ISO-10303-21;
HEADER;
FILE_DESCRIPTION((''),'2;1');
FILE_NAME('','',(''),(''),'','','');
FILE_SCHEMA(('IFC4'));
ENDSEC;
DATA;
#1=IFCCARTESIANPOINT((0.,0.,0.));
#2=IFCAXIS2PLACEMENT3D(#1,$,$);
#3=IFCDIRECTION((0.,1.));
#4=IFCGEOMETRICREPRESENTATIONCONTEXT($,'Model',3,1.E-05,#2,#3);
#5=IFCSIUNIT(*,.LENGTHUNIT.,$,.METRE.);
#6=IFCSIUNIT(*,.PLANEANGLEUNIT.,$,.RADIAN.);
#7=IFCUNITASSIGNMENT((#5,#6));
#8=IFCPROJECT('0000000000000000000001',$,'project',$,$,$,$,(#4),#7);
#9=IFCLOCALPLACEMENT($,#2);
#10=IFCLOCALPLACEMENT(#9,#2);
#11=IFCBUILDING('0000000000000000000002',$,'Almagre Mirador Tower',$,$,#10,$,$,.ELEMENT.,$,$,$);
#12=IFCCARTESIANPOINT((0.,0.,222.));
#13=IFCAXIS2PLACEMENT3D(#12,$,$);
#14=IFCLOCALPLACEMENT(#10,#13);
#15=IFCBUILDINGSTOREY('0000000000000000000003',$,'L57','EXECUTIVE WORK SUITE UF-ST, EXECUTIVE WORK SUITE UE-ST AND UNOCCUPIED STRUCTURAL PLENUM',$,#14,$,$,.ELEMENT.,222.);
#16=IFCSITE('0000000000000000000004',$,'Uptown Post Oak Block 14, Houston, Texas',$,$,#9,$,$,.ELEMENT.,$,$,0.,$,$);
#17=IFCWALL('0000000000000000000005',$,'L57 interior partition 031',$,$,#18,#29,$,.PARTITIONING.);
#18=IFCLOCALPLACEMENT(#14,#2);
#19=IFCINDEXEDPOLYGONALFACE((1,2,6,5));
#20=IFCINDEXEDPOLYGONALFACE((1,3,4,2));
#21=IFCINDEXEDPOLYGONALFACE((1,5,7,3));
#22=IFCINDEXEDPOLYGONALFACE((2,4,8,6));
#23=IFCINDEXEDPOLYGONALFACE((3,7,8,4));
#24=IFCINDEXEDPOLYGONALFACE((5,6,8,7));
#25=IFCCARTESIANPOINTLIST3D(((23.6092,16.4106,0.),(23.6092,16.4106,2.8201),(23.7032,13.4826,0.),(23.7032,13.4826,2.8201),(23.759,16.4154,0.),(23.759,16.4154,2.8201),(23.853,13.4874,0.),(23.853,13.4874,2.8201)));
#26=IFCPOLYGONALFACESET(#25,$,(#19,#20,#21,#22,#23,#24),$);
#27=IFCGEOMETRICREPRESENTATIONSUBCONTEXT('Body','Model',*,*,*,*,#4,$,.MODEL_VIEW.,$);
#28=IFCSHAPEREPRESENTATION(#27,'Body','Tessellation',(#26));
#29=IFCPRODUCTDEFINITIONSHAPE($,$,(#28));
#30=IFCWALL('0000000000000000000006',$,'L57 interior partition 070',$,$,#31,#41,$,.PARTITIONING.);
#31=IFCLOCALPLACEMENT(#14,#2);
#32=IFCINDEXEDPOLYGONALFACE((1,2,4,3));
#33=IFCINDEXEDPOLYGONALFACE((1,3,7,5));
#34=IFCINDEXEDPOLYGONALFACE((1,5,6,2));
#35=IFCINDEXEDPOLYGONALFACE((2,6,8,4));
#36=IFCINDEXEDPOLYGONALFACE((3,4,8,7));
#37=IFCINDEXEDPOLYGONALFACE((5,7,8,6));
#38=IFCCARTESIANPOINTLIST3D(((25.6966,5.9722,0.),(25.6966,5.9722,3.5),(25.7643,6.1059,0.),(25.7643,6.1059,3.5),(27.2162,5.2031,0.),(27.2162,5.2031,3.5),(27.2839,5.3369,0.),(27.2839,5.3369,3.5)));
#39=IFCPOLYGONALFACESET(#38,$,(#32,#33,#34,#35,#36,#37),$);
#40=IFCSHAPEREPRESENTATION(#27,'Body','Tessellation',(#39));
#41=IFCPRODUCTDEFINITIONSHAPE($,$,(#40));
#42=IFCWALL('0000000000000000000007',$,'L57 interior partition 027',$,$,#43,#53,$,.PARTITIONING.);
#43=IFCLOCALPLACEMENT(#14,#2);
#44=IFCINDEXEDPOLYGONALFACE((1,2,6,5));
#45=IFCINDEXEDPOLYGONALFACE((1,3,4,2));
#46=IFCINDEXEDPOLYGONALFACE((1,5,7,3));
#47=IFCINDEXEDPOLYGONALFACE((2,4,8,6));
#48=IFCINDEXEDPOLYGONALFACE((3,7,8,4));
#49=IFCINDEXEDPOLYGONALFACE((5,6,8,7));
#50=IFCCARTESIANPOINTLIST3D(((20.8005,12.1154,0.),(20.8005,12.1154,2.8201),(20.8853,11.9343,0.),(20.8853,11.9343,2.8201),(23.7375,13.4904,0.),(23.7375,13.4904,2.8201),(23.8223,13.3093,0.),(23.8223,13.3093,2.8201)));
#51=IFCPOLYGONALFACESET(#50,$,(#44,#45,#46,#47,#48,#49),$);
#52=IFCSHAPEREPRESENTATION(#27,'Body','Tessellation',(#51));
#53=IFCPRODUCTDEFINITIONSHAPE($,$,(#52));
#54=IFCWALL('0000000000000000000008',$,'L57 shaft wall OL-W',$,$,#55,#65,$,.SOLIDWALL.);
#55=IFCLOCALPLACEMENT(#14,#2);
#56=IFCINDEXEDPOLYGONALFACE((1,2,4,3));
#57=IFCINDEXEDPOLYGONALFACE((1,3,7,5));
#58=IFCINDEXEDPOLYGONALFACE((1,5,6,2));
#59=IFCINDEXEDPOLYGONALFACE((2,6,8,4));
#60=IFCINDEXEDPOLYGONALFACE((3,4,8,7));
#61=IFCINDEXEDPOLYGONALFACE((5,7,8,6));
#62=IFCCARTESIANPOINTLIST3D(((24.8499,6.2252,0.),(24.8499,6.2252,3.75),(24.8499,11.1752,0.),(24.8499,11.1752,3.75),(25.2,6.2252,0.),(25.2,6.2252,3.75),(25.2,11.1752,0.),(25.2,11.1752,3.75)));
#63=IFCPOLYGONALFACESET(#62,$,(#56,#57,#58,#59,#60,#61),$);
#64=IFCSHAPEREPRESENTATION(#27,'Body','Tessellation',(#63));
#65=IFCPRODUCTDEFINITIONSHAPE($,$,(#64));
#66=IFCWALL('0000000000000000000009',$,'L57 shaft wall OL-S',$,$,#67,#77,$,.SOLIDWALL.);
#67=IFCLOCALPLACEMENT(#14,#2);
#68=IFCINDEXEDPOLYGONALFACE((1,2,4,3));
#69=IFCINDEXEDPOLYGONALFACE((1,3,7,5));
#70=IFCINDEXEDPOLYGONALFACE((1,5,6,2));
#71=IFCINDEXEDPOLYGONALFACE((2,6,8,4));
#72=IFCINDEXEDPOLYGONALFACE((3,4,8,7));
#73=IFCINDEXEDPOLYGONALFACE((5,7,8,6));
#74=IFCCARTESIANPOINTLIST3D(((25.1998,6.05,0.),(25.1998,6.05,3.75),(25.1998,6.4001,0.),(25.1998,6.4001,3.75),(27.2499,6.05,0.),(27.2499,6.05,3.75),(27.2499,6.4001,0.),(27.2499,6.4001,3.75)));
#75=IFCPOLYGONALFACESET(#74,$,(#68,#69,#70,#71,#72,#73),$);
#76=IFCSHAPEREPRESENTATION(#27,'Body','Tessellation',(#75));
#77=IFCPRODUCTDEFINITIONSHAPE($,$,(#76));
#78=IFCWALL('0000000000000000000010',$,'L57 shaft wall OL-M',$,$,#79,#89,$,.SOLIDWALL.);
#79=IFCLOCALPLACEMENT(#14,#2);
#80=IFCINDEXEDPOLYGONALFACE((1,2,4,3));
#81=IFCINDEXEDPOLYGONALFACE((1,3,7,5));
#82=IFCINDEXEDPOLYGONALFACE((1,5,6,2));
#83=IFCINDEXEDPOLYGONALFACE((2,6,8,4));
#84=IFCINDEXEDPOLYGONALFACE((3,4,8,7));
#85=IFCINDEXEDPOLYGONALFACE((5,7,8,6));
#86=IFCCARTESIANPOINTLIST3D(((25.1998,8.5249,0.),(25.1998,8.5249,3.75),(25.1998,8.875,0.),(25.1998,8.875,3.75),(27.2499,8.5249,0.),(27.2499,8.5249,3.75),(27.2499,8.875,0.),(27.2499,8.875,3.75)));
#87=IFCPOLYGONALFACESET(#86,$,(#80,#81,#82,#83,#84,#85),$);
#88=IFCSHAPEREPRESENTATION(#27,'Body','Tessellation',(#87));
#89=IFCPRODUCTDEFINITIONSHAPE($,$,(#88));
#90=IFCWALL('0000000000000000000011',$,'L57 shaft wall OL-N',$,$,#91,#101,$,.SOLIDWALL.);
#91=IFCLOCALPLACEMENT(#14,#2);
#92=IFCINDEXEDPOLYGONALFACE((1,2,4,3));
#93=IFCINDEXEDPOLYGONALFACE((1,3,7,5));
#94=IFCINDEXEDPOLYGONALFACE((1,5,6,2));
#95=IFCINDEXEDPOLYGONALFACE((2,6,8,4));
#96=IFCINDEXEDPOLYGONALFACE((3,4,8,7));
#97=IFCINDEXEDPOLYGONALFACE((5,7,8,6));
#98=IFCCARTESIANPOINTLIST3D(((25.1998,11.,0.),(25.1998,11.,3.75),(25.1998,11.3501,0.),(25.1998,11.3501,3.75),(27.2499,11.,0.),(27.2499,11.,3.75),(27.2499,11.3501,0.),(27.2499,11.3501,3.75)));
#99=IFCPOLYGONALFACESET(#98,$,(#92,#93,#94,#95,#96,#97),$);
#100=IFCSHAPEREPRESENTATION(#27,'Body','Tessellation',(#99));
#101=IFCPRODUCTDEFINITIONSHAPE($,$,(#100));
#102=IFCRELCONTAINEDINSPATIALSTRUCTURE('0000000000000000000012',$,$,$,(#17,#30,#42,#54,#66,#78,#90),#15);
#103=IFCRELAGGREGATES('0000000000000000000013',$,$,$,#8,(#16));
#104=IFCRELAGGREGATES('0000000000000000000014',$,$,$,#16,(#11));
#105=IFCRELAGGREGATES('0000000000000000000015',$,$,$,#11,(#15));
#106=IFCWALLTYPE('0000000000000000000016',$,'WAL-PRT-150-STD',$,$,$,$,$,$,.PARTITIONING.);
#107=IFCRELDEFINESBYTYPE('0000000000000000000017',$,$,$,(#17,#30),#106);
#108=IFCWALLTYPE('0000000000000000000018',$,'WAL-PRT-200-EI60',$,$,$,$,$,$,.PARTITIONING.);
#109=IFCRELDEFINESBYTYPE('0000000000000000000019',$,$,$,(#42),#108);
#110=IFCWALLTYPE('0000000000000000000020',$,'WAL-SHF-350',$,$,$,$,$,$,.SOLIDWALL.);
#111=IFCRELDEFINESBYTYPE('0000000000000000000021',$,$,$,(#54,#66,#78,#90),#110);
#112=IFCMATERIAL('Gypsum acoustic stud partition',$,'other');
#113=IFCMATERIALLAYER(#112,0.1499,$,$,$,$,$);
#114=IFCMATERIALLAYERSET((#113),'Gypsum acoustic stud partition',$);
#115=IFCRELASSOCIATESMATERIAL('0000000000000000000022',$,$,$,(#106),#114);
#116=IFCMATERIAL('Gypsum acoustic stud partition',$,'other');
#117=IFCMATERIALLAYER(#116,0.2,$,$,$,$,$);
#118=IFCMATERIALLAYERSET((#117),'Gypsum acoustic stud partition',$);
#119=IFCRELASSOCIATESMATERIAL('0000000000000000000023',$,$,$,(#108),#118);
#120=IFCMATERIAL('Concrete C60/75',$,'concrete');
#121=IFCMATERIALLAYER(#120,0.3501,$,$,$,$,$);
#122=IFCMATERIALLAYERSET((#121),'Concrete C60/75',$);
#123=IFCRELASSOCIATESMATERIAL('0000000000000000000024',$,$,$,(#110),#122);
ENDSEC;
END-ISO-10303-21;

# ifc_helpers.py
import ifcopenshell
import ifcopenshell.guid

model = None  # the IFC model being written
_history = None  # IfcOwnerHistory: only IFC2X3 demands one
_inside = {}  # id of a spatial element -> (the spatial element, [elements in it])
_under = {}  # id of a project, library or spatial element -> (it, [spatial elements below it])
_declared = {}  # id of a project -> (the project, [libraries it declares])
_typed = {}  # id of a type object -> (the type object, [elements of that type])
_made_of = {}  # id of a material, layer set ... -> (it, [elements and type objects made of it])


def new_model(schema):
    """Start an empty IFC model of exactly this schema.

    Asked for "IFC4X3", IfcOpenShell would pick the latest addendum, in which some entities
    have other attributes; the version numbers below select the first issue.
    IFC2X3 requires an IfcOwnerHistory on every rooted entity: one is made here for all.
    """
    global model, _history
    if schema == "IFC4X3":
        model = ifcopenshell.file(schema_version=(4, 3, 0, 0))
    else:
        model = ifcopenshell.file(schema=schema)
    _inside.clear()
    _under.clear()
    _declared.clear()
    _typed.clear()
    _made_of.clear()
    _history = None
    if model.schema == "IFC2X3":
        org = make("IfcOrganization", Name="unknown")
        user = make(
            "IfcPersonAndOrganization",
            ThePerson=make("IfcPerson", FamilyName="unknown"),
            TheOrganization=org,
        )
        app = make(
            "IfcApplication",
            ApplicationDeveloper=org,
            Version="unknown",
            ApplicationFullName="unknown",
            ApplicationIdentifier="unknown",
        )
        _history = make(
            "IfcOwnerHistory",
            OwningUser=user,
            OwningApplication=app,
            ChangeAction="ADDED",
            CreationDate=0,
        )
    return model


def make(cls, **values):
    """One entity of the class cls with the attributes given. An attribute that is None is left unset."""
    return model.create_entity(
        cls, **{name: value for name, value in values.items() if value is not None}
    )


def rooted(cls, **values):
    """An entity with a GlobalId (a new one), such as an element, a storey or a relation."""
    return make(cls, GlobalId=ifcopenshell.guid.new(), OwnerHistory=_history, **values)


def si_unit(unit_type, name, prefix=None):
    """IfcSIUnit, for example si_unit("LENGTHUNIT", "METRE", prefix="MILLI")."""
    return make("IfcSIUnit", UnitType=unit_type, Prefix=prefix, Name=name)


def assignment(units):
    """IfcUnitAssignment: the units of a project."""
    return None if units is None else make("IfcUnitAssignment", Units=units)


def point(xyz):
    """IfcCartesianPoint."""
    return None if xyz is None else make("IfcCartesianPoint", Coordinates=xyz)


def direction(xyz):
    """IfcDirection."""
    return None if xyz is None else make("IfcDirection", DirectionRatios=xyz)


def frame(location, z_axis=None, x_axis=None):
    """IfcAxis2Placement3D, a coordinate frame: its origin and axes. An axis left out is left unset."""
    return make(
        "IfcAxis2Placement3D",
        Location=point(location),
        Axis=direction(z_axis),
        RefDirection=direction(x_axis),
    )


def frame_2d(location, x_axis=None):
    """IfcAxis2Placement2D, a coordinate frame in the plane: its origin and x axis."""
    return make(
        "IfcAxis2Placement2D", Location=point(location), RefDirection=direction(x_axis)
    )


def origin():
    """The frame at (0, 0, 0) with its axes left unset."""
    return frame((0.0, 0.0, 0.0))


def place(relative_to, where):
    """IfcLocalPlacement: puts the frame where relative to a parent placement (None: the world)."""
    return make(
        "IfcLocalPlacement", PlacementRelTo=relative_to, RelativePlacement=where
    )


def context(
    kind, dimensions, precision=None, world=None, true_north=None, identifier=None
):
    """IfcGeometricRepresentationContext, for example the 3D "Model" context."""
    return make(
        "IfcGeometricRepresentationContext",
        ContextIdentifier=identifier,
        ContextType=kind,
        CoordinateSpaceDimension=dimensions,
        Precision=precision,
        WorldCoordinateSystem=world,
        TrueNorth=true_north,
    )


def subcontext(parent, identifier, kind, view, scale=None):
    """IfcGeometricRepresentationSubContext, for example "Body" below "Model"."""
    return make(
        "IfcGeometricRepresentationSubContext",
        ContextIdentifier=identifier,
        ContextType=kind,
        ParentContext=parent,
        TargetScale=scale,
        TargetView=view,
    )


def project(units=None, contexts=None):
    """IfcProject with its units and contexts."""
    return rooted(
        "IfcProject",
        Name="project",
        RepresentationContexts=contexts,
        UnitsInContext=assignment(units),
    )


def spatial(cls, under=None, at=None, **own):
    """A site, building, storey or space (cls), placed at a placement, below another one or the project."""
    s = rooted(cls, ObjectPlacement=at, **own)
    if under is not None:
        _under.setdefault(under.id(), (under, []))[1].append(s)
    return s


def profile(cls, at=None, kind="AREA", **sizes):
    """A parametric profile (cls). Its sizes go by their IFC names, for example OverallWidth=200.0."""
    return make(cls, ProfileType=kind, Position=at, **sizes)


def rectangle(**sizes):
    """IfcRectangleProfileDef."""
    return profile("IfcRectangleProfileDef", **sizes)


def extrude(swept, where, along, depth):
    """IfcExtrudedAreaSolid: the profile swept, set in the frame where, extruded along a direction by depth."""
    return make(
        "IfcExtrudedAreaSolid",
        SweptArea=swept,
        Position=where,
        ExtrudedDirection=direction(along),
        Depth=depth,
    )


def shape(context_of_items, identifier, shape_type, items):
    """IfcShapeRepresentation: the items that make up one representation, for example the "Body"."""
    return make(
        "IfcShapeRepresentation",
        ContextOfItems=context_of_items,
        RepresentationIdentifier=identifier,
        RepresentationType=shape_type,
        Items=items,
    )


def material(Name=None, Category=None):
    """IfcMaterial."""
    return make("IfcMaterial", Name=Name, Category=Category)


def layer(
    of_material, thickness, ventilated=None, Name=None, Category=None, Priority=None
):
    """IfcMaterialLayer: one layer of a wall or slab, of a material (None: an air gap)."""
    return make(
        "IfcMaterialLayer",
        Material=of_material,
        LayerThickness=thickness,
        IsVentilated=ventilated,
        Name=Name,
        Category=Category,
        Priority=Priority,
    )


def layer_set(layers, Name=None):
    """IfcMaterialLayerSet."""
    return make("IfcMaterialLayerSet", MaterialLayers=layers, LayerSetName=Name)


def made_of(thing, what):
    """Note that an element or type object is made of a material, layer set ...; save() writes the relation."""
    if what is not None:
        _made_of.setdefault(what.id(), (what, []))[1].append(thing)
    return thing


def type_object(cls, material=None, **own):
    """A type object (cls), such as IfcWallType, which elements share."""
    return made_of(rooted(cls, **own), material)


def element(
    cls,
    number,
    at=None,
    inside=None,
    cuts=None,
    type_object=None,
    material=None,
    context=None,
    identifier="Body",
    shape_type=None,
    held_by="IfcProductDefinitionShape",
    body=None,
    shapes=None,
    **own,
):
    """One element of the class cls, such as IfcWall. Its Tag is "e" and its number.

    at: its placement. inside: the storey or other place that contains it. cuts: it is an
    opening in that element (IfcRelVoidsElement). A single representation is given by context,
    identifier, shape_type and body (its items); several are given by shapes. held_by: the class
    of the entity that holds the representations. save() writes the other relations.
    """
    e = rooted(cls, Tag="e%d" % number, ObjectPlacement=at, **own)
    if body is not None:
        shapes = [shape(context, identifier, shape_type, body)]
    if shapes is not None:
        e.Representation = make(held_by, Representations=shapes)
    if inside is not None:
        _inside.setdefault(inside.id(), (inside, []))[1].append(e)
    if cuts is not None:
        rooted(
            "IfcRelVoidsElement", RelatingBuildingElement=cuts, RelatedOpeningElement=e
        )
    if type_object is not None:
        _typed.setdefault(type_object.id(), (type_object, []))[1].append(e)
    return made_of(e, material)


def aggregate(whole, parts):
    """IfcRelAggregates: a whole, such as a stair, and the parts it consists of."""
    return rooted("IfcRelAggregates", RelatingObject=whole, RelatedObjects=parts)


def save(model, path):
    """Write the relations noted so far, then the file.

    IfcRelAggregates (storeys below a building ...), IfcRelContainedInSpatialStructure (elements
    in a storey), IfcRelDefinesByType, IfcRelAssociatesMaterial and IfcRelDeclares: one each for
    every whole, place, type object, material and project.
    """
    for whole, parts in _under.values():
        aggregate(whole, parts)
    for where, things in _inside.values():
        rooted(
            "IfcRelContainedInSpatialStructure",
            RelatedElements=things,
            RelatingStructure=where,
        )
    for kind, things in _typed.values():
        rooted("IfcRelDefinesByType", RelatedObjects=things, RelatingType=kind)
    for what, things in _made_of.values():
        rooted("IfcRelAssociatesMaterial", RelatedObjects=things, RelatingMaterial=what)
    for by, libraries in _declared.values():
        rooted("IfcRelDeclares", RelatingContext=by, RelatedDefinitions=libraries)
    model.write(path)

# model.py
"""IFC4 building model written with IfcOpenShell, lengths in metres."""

from ifc_helpers import new_model, si_unit, direction, frame, frame_2d, origin, place, context, subcontext, project, spatial, rectangle, extrude, material, layer, layer_set, type_object, element, save


model = new_model("IFC4")

# Units and contexts
model_context = context("Model", 3, precision=1e-05, world=origin(), true_north=direction((0.0, 1.0)))
body_context = subcontext(model_context, "Body", "Model", "MODEL_VIEW")
ifc_project = project(units=[si_unit("LENGTHUNIT", "METRE"), si_unit("PLANEANGLEUNIT", "RADIAN")], contexts=[model_context])

# Site, building, storey
site_placement = place(None, origin())
site = spatial("IfcSite", under=ifc_project, at=site_placement, Name="Uptown Post Oak Block 14, Houston, Texas", CompositionType="ELEMENT", RefElevation=0.0)
building_placement = place(site_placement, origin())
building = spatial("IfcBuilding", under=site, at=building_placement, Name="Almagre Mirador Tower", CompositionType="ELEMENT")
storey_placement = place(building_placement, frame((0.0, 0.0, 222.0)))
storey = spatial("IfcBuildingStorey", under=building, at=storey_placement, Name="L57", Description="EXECUTIVE WORK SUITE UF-ST, EXECUTIVE WORK SUITE UE-ST AND UNOCCUPIED STRUCTURAL PLENUM", CompositionType="ELEMENT", Elevation=222.0)

# Walls
ifc_material_1 = material(Name="Gypsum acoustic stud partition", Category="other")
ifc_layer_1 = layer(ifc_material_1, 0.1499)
ifc_layer_set_1 = layer_set([ifc_layer_1], Name="Gypsum acoustic stud partition")
wall_type_1 = type_object("IfcWallType", Name="WAL-PRT-150-STD", PredefinedType="PARTITIONING", material=ifc_layer_set_1)
wall_1_placement = place(storey_placement, frame((23.6841, 16.4131, 0.0), z_axis=(0.0, 0.0, 1.0), x_axis=(0.032086, -0.999485, 0.0)))
element("IfcWall", 1, at=wall_1_placement, inside=storey, type_object=wall_type_1, Name="L57 interior partition 031", PredefinedType="PARTITIONING", context=body_context, shape_type="SweptSolid", body=[
    extrude(rectangle(XDim=2.9294, YDim=0.1499, at=frame_2d((1.4648, 0.0))), origin(), (0.0, 0.0, 1.0), 2.8201),
])
wall_2_placement = place(storey_placement, frame((25.7305, 6.0391, 0.0), z_axis=(0.0, 0.0, 1.0), x_axis=(0.892238, -0.451566, 0.0)))
element("IfcWall", 2, at=wall_2_placement, inside=storey, type_object=wall_type_1, Name="L57 interior partition 070", PredefinedType="PARTITIONING", context=body_context, shape_type="SweptSolid", body=[
    extrude(rectangle(XDim=1.7031, YDim=0.1499, at=frame_2d((0.8516, 0.0))), origin(), (0.0, 0.0, 1.0), 3.5),
])
ifc_material_2 = material(Name="Gypsum acoustic stud partition", Category="other")
ifc_layer_2 = layer(ifc_material_2, 0.2)
ifc_layer_set_2 = layer_set([ifc_layer_2], Name="Gypsum acoustic stud partition")
wall_type_2 = type_object("IfcWallType", Name="WAL-PRT-200-EI60", PredefinedType="PARTITIONING", material=ifc_layer_set_2)
wall_3_placement = place(storey_placement, frame((23.78, 13.3999, 0.0), z_axis=(0.0, 0.0, 1.0), x_axis=(-0.905663, -0.423998, 0.0)))
element("IfcWall", 3, at=wall_3_placement, inside=storey, type_object=wall_type_2, Name="L57 interior partition 027", PredefinedType="PARTITIONING", context=body_context, shape_type="SweptSolid", body=[
    extrude(rectangle(XDim=3.2429, YDim=0.2, at=frame_2d((1.6216, 0.0))), origin(), (0.0, 0.0, 1.0), 2.8201),
])
ifc_material_3 = material(Name="Concrete C60/75", Category="concrete")
ifc_layer_3 = layer(ifc_material_3, 0.3501)
ifc_layer_set_3 = layer_set([ifc_layer_3], Name="Concrete C60/75")
wall_type_3 = type_object("IfcWallType", Name="WAL-SHF-350", PredefinedType="SOLIDWALL", material=ifc_layer_set_3)
wall_4_placement = place(storey_placement, frame((25.0249, 6.2251, 0.0), z_axis=(0.0, 0.0, 1.0), x_axis=(0.0, 1.0, 0.0)))
element("IfcWall", 4, at=wall_4_placement, inside=storey, type_object=wall_type_3, Name="L57 shaft wall OL-W", PredefinedType="SOLIDWALL", context=body_context, shape_type="SweptSolid", body=[
    extrude(rectangle(XDim=4.95, YDim=0.3501, at=frame_2d((2.4751, 0.0))), origin(), (0.0, 0.0, 1.0), 3.75),
])
for number, where, z_axis, x_axis, name in (
    (5, (25.2, 6.2251, 0.0), (0.0, 0.0, 1.0), (1.0, 0.0, 0.0), "L57 shaft wall OL-S"),
    (6, (25.2, 8.7, 0.0), (0.0, 0.0, 1.0), (1.0, 0.0, 0.0), "L57 shaft wall OL-M"),
    (7, (25.2, 11.175, 0.0), (0.0, 0.0, 1.0), (1.0, 0.0, 0.0), "L57 shaft wall OL-N"),
):
    element("IfcWall", number, at=place(storey_placement, frame(where, z_axis=z_axis, x_axis=x_axis)), inside=storey, type_object=wall_type_3, Name=name, PredefinedType="SOLIDWALL", context=body_context, shape_type="SweptSolid", body=[
        extrude(rectangle(XDim=2.05, YDim=0.3501, at=frame_2d((1.0249, 0.0))), origin(), (0.0, 0.0, 1.0), 3.75),
    ])

save(model, "model.ifc")
